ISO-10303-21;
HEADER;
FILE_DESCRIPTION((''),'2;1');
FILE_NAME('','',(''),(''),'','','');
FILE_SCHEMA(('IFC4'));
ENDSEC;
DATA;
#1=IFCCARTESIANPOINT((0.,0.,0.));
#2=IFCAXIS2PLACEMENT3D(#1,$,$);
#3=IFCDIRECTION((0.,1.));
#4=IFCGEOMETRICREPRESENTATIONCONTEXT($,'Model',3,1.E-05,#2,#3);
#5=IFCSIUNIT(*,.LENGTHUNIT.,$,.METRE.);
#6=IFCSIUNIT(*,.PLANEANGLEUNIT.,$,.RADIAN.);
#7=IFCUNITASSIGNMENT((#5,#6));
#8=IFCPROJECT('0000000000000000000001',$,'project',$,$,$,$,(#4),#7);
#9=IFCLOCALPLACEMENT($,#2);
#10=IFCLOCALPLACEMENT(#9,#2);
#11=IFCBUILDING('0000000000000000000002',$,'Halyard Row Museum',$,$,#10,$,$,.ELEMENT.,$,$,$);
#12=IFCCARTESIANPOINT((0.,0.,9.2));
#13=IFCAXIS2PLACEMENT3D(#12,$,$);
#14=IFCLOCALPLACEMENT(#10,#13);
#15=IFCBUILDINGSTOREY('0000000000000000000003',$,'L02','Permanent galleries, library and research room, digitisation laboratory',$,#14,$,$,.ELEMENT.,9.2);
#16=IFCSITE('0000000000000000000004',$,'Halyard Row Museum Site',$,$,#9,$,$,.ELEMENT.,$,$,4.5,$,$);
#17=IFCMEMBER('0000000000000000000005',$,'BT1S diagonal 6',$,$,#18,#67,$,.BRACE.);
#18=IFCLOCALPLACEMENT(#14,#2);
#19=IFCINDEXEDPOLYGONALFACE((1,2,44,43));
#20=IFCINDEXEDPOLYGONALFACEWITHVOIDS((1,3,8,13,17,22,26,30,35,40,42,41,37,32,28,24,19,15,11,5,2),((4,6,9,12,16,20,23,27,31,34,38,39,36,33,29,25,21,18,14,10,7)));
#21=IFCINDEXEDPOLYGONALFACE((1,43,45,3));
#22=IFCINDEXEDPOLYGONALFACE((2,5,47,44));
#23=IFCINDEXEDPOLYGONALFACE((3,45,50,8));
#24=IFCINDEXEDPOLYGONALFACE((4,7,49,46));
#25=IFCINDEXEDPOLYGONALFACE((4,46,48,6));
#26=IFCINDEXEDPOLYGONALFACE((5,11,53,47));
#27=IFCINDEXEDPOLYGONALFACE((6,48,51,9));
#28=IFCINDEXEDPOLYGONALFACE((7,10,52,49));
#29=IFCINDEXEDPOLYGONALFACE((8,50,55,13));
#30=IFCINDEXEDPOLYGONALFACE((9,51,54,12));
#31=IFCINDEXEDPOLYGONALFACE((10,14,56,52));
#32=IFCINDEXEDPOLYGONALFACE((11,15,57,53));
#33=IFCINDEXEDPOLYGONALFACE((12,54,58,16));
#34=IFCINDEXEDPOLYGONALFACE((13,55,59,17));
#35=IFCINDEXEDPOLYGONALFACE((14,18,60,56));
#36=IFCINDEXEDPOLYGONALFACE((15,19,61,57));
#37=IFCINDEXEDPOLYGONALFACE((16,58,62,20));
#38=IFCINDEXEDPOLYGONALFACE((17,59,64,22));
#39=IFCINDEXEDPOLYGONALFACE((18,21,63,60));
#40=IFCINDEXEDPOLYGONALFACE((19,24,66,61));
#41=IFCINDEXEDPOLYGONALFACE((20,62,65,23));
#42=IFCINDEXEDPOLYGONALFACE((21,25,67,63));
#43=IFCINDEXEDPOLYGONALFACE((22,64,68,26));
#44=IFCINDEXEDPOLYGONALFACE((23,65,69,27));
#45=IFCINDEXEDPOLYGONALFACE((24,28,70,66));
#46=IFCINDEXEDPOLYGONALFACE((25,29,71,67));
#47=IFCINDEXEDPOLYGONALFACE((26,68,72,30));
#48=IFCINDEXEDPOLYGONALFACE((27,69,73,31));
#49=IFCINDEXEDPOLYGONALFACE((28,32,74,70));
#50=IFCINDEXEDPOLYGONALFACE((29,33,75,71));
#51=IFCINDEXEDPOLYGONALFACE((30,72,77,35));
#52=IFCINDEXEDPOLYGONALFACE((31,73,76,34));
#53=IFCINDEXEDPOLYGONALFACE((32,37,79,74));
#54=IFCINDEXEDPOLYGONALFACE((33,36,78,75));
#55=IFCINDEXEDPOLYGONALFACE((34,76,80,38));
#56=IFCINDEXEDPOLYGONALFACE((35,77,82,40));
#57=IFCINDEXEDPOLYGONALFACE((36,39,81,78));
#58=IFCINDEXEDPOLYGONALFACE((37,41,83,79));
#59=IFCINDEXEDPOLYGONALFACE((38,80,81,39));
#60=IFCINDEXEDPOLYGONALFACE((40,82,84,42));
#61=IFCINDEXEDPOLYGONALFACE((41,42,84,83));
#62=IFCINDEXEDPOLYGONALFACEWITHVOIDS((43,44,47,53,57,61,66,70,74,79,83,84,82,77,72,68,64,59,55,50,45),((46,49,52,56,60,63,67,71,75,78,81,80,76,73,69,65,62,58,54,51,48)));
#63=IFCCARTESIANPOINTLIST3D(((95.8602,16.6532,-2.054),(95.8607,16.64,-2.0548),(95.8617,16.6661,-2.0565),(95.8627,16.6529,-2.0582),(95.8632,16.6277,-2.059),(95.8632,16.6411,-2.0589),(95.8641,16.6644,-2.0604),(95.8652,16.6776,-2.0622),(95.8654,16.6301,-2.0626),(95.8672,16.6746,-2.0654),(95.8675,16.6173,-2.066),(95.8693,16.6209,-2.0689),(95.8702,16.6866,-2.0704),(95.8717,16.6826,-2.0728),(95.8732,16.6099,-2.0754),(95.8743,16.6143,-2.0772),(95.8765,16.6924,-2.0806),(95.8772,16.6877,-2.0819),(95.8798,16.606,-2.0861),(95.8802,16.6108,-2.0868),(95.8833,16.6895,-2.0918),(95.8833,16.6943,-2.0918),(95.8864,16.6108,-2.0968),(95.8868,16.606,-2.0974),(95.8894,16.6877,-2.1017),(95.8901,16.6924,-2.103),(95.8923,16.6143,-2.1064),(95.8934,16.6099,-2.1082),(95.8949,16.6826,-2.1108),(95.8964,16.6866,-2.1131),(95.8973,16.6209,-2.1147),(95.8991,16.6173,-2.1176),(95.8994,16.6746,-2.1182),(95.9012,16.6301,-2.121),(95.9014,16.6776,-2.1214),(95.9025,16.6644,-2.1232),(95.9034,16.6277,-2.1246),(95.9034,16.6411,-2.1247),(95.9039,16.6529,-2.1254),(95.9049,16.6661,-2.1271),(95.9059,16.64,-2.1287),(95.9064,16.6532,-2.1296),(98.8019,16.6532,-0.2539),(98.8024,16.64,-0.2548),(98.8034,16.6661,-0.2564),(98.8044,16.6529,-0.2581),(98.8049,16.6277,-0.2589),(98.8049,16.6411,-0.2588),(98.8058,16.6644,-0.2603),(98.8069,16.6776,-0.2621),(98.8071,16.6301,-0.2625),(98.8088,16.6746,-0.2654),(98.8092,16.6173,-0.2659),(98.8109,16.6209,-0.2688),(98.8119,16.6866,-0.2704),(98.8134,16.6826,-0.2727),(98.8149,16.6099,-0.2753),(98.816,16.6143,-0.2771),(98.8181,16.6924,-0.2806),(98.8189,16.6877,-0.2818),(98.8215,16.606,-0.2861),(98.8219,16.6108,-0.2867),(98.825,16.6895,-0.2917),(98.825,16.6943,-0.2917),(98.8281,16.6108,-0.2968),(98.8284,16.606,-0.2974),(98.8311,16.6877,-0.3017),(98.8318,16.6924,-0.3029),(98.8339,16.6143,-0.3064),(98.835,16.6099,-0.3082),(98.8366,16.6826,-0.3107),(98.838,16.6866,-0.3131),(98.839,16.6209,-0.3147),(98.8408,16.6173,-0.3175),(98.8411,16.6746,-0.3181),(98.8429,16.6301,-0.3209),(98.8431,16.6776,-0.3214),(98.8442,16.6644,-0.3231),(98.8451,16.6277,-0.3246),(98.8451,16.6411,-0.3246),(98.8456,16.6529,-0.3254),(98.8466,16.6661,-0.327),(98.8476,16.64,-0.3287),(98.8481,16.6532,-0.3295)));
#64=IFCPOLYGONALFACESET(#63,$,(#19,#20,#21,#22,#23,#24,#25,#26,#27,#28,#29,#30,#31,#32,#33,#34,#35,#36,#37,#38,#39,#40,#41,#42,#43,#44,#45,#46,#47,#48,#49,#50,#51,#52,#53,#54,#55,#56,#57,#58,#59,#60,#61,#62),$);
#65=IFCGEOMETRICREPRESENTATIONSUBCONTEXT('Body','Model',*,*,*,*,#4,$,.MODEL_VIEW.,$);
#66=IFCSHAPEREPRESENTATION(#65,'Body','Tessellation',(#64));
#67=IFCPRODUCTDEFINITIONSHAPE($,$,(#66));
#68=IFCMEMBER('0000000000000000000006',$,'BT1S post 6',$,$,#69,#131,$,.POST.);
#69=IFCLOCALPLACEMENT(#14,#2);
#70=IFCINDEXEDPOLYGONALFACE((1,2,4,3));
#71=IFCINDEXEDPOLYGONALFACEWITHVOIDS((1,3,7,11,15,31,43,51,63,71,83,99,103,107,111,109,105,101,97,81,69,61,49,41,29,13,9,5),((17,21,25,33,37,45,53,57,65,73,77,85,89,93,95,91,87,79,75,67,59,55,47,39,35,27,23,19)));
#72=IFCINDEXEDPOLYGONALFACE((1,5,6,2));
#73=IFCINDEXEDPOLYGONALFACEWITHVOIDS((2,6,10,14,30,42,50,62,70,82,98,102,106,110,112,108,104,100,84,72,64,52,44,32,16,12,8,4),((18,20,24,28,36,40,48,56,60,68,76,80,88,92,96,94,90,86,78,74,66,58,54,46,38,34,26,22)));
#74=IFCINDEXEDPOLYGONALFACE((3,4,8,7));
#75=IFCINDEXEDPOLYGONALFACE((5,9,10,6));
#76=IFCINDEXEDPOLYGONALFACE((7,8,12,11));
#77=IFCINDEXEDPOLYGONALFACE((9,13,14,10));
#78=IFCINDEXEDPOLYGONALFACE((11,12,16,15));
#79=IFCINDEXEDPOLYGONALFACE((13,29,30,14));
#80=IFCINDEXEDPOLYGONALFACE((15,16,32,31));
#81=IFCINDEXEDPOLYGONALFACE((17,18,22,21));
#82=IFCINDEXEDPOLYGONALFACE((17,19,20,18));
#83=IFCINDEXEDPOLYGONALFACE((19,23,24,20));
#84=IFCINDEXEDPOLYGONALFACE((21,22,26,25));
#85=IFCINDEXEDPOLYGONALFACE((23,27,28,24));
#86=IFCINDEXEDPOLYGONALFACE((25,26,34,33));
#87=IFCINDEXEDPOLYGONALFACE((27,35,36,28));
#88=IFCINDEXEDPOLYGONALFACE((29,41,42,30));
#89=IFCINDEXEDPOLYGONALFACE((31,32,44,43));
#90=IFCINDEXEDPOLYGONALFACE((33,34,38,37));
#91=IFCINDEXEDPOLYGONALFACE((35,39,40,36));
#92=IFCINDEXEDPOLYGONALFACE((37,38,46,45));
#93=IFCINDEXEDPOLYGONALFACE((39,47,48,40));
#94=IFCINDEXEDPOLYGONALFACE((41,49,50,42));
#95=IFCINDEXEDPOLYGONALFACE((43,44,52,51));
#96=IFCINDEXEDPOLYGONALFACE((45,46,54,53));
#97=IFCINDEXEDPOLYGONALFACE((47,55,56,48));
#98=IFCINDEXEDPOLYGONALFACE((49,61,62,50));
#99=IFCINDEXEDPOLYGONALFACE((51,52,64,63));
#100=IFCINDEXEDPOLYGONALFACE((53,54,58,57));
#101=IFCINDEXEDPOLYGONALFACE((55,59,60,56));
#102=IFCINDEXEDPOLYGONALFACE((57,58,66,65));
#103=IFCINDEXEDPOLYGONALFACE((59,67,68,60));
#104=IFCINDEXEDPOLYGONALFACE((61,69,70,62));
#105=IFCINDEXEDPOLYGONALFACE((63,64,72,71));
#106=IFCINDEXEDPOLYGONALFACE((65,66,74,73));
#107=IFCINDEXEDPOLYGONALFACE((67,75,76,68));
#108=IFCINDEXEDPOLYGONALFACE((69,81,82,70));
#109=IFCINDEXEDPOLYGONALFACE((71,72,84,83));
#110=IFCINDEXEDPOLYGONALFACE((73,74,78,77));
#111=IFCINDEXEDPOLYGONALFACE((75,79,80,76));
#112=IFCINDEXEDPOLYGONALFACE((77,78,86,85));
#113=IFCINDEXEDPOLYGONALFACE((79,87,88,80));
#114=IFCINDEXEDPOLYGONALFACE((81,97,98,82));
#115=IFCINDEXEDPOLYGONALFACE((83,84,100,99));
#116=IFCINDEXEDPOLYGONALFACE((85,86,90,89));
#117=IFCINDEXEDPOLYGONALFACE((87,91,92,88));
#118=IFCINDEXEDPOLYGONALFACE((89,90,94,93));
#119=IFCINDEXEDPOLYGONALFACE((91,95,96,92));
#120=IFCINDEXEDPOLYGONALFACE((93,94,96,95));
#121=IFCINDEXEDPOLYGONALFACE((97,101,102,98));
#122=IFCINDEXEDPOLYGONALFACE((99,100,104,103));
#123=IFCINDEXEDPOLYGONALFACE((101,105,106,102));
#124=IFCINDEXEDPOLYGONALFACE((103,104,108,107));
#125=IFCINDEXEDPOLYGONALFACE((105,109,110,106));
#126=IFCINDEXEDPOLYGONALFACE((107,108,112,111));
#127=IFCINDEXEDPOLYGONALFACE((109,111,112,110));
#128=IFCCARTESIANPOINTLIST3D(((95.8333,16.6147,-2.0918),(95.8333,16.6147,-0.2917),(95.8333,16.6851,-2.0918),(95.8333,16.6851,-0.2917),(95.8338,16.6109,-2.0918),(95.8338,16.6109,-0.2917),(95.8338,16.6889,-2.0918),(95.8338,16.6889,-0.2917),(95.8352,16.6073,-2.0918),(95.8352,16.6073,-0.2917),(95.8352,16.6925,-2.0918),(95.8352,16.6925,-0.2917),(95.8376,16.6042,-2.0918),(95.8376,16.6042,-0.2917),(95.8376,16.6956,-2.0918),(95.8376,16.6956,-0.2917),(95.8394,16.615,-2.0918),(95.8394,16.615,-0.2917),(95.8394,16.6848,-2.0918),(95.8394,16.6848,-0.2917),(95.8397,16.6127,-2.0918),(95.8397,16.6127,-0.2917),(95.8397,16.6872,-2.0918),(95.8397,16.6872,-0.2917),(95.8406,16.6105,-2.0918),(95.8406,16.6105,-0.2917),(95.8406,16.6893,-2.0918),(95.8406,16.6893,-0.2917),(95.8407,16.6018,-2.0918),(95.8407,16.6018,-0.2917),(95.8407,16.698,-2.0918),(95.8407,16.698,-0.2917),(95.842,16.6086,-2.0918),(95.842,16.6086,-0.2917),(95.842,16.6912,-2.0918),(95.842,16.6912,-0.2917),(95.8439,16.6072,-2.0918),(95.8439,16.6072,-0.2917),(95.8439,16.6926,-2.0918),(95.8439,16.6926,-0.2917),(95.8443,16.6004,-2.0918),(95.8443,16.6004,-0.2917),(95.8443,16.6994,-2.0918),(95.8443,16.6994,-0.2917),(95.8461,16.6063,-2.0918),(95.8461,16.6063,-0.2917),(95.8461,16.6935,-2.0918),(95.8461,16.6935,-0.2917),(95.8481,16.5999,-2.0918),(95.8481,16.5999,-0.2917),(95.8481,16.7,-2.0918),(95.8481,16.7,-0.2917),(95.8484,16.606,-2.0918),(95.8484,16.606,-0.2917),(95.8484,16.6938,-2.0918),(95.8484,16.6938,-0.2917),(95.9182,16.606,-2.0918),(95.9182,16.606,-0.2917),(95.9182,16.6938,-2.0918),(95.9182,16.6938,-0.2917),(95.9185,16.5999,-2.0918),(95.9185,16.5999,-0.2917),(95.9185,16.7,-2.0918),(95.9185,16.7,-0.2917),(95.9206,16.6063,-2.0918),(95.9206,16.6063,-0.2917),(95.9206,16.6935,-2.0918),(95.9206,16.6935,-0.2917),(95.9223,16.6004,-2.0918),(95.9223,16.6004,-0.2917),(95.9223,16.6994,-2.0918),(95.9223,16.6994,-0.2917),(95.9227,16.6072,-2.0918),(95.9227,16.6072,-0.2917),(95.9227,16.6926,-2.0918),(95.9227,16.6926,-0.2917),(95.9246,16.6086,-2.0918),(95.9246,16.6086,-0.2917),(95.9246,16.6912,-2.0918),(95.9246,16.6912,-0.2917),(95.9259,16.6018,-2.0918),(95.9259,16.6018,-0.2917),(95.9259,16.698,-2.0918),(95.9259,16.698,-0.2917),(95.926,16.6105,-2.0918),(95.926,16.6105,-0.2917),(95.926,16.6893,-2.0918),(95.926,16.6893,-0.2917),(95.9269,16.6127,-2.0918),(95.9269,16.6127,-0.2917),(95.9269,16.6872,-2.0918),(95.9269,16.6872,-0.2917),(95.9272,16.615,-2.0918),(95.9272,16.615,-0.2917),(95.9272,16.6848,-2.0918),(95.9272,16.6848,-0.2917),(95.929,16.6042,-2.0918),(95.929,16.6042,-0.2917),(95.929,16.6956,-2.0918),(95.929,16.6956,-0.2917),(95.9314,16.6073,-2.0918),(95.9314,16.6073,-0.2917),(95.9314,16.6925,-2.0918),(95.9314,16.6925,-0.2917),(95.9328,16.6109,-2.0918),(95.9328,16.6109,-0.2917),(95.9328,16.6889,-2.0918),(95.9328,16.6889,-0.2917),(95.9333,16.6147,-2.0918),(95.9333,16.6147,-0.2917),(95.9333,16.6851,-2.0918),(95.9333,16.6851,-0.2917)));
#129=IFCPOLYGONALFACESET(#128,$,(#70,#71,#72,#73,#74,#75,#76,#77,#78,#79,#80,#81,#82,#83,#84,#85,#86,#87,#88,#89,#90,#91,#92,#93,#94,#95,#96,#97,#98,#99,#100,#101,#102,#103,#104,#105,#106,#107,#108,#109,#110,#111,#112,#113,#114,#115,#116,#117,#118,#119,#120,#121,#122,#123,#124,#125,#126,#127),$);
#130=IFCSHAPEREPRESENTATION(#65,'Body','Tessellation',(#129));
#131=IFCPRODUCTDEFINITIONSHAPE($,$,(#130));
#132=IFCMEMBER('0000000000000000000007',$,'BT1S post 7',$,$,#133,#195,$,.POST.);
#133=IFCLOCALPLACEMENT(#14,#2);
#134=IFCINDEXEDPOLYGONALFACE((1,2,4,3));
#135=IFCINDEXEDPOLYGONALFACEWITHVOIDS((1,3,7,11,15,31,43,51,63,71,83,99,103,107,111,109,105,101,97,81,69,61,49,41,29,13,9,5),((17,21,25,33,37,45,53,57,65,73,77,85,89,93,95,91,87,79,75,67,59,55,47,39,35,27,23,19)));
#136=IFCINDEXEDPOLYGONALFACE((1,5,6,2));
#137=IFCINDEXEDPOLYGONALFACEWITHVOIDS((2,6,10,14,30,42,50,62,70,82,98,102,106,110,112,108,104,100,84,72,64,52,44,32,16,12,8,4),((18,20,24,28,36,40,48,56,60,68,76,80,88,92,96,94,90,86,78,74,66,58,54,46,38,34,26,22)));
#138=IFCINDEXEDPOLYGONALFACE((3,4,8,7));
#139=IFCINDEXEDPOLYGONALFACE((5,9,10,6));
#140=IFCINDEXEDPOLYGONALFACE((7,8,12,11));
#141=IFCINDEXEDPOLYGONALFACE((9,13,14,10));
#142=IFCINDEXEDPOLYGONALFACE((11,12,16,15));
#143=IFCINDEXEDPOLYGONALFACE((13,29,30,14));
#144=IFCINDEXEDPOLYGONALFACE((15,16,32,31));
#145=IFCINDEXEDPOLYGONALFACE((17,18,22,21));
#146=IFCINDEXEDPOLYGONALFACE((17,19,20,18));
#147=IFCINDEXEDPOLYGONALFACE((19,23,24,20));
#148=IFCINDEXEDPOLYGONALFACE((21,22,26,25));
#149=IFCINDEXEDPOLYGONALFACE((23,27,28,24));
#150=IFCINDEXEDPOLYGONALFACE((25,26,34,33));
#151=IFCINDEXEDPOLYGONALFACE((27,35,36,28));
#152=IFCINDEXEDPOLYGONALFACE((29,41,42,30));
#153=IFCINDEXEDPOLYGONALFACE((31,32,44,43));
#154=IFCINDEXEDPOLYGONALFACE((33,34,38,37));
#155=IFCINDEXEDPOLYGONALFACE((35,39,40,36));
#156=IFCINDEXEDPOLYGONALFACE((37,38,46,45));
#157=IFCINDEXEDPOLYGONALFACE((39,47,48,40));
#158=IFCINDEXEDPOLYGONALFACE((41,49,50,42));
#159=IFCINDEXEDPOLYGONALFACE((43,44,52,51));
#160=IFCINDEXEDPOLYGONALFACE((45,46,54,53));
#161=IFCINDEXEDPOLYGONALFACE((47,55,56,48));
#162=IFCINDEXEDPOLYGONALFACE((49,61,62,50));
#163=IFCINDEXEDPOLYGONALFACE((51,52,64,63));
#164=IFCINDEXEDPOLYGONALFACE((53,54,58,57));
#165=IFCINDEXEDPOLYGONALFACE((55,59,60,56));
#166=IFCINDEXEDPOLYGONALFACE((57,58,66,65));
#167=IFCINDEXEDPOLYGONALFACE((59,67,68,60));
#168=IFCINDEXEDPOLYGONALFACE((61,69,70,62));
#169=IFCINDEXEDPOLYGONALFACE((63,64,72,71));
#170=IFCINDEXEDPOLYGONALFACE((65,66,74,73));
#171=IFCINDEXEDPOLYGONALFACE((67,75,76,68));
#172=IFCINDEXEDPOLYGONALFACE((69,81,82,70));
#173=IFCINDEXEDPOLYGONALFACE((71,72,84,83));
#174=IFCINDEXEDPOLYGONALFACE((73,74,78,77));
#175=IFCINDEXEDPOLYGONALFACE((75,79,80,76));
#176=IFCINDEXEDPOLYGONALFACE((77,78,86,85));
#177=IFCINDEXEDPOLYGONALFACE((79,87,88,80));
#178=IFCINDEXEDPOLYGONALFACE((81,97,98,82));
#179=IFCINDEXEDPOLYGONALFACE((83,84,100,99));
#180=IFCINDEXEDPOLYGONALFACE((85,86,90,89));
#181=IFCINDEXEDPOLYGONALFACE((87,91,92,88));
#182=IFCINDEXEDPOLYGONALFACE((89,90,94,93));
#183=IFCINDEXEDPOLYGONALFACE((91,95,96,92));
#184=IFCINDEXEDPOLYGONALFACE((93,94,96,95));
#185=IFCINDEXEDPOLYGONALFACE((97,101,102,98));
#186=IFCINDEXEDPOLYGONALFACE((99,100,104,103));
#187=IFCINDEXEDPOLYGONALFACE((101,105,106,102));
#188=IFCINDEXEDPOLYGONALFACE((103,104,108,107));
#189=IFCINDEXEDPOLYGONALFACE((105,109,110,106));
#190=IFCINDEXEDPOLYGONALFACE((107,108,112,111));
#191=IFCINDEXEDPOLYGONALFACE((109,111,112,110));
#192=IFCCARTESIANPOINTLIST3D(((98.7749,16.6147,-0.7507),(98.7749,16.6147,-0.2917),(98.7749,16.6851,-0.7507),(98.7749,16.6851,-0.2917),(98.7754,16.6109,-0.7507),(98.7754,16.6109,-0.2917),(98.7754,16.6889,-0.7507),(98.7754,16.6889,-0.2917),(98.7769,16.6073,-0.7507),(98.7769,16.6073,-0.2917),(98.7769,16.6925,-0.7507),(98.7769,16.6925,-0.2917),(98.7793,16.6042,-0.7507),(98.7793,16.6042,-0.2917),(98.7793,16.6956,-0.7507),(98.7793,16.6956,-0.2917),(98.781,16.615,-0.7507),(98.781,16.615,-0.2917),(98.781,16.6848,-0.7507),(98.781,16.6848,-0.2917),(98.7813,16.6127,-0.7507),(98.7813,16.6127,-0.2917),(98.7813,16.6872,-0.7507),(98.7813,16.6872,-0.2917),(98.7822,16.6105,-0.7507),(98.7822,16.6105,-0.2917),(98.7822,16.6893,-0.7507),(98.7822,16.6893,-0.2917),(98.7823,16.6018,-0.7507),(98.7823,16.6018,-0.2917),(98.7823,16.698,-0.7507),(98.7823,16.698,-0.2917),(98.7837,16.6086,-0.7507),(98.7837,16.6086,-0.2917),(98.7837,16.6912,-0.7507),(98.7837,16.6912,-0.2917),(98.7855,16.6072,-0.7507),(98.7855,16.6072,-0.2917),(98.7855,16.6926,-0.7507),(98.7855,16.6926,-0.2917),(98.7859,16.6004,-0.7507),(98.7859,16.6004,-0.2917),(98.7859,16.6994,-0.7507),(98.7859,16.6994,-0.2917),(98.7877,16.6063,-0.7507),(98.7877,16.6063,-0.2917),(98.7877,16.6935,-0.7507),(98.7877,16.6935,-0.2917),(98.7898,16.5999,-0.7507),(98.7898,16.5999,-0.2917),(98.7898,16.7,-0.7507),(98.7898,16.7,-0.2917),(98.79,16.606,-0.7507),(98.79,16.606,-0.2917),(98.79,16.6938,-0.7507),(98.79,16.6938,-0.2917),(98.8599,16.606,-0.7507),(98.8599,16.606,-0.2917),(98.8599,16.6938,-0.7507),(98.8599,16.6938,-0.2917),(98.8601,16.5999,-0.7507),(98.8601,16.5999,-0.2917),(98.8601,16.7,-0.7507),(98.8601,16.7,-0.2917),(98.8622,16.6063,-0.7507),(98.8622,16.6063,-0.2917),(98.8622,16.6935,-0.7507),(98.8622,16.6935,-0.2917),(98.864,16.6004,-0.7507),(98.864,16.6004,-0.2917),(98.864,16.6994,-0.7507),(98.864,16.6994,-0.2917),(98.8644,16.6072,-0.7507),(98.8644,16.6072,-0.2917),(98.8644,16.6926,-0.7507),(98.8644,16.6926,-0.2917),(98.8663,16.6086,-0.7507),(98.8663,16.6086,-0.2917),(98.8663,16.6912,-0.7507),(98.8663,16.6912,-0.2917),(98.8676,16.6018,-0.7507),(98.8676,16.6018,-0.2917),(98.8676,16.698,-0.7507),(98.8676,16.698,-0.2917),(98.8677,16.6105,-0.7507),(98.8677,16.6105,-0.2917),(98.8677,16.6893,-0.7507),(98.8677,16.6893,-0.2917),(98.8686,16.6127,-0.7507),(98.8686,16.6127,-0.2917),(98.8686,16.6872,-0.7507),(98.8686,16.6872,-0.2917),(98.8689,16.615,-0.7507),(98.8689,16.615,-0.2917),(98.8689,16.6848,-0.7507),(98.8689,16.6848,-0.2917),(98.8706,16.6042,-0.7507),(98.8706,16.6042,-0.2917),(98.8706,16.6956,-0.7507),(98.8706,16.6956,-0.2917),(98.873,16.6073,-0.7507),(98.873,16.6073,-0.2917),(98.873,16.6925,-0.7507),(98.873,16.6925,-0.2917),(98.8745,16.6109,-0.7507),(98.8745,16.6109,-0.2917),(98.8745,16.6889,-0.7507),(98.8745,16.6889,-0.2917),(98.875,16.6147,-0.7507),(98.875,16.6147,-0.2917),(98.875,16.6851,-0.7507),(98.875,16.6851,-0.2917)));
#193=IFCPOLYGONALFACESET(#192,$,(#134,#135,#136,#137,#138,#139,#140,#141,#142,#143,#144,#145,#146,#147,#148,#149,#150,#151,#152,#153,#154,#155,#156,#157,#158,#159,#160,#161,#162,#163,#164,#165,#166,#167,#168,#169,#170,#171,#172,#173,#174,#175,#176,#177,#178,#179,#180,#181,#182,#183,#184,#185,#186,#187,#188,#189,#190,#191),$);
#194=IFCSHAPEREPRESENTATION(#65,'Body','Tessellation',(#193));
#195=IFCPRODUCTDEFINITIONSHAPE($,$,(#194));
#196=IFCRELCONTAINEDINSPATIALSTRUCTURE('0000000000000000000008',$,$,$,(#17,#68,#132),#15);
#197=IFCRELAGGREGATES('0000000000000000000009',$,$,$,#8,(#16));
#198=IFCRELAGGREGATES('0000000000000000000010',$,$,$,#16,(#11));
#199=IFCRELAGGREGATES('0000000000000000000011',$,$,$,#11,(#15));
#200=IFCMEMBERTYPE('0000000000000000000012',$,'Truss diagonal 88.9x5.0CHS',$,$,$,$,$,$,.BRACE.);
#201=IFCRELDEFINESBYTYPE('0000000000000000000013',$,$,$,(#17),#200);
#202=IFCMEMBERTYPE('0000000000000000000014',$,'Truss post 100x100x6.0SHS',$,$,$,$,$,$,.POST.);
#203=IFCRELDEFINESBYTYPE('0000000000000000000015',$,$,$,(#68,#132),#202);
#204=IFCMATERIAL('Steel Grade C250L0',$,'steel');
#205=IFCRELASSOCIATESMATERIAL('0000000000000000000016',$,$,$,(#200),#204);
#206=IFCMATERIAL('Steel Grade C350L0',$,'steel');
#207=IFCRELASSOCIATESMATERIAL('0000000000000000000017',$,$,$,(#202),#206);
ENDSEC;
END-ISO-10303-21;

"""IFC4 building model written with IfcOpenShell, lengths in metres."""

from ifc_helpers import new_model, si_unit, direction, frame, origin, origin_2d, place, context, subcontext, project, spatial, hollow_rectangle, hollow_circle, extrude, material, material_profile, profile_set, type_object, element, save


model = new_model("IFC4")

# Units and contexts
model_context = context("Model", 3, precision=1e-05, world=origin(), true_north=direction((0.0, 1.0)))
body_context = subcontext(model_context, "Body", "Model", "MODEL_VIEW")
ifc_project = project(units=[si_unit("LENGTHUNIT", "METRE"), si_unit("PLANEANGLEUNIT", "RADIAN")], contexts=[model_context])

# Site, building, storey
site_placement = place(None, origin())
site = spatial("IfcSite", under=ifc_project, at=site_placement, Name="Halyard Row Museum Site", CompositionType="ELEMENT", RefElevation=4.5)
building_placement = place(site_placement, origin())
building = spatial("IfcBuilding", under=site, at=building_placement, Name="Halyard Row Museum", CompositionType="ELEMENT")
storey_placement = place(building_placement, frame((0.0, 0.0, 9.2)))
storey = spatial("IfcBuildingStorey", under=building, at=storey_placement, Name="L02", Description="Permanent galleries, library and research room, digitisation laboratory", CompositionType="ELEMENT", Elevation=9.2)

# Members
ifc_material_1 = material(Name="Steel Grade C250L0", Category="steel")
ifc_material_profile_1 = material_profile(ifc_material_1, hollow_circle(Radius=0.0444, WallThickness=0.0049, at=origin_2d()), Name="88.9x5.0CHS")
ifc_profile_set_1 = profile_set([ifc_material_profile_1], Name="Steel Grade C250L0")
member_type_1 = type_object("IfcMemberType", Name="Truss diagonal 88.9x5.0CHS", PredefinedType="BRACE", material=ifc_profile_set_1)
member_1_placement = place(storey_placement, frame((95.8833, 16.6499, -2.0918), z_axis=(0.852975, 0.0, 0.521951), x_axis=(0.0, 1.0, 0.0)))
element("IfcMember", 1, at=member_1_placement, inside=storey, type_object=member_type_1, Name="BT1S diagonal 6", PredefinedType="BRACE", context=body_context, shape_type="SweptSolid", body=[
    extrude(hollow_circle(Radius=0.0444, WallThickness=0.0049, at=origin_2d()), origin(), (0.0, 0.0, 1.0), 3.4487),
])
ifc_material_2 = material(Name="Steel Grade C350L0", Category="steel")
ifc_material_profile_2 = material_profile(ifc_material_2, hollow_rectangle(XDim=0.1001, YDim=0.1001, WallThickness=0.0061, InnerFilletRadius=0.009, OuterFilletRadius=0.0149, at=origin_2d()), Name="100x100x6.0SHS")
ifc_profile_set_2 = profile_set([ifc_material_profile_2], Name="Steel Grade C350L0")
member_type_2 = type_object("IfcMemberType", Name="Truss post 100x100x6.0SHS", PredefinedType="POST", material=ifc_profile_set_2)
member_2_placement = place(storey_placement, frame((95.8833, 16.6499, -2.0918), z_axis=(0.0, 0.0, 1.0), x_axis=(1.0, 0.0, 0.0)))
element("IfcMember", 2, at=member_2_placement, inside=storey, type_object=member_type_2, Name="BT1S post 6", PredefinedType="POST", context=body_context, shape_type="SweptSolid", body=[
    extrude(hollow_rectangle(XDim=0.1001, YDim=0.1001, WallThickness=0.0061, InnerFilletRadius=0.009, OuterFilletRadius=0.0149, at=origin_2d()), origin(), (0.0, 0.0, 1.0), 1.8),
])
member_3_placement = place(storey_placement, frame((98.825, 16.6499, -0.7507), z_axis=(0.0, 0.0, 1.0), x_axis=(1.0, 0.0, 0.0)))
element("IfcMember", 3, at=member_3_placement, inside=storey, type_object=member_type_2, Name="BT1S post 7", PredefinedType="POST", context=body_context, shape_type="SweptSolid", body=[
    extrude(hollow_rectangle(XDim=0.1001, YDim=0.1001, WallThickness=0.0061, InnerFilletRadius=0.009, OuterFilletRadius=0.0149, at=origin_2d()), origin(), (0.0, 0.0, 1.0), 0.459),
])

save(model, "model.ifc")
